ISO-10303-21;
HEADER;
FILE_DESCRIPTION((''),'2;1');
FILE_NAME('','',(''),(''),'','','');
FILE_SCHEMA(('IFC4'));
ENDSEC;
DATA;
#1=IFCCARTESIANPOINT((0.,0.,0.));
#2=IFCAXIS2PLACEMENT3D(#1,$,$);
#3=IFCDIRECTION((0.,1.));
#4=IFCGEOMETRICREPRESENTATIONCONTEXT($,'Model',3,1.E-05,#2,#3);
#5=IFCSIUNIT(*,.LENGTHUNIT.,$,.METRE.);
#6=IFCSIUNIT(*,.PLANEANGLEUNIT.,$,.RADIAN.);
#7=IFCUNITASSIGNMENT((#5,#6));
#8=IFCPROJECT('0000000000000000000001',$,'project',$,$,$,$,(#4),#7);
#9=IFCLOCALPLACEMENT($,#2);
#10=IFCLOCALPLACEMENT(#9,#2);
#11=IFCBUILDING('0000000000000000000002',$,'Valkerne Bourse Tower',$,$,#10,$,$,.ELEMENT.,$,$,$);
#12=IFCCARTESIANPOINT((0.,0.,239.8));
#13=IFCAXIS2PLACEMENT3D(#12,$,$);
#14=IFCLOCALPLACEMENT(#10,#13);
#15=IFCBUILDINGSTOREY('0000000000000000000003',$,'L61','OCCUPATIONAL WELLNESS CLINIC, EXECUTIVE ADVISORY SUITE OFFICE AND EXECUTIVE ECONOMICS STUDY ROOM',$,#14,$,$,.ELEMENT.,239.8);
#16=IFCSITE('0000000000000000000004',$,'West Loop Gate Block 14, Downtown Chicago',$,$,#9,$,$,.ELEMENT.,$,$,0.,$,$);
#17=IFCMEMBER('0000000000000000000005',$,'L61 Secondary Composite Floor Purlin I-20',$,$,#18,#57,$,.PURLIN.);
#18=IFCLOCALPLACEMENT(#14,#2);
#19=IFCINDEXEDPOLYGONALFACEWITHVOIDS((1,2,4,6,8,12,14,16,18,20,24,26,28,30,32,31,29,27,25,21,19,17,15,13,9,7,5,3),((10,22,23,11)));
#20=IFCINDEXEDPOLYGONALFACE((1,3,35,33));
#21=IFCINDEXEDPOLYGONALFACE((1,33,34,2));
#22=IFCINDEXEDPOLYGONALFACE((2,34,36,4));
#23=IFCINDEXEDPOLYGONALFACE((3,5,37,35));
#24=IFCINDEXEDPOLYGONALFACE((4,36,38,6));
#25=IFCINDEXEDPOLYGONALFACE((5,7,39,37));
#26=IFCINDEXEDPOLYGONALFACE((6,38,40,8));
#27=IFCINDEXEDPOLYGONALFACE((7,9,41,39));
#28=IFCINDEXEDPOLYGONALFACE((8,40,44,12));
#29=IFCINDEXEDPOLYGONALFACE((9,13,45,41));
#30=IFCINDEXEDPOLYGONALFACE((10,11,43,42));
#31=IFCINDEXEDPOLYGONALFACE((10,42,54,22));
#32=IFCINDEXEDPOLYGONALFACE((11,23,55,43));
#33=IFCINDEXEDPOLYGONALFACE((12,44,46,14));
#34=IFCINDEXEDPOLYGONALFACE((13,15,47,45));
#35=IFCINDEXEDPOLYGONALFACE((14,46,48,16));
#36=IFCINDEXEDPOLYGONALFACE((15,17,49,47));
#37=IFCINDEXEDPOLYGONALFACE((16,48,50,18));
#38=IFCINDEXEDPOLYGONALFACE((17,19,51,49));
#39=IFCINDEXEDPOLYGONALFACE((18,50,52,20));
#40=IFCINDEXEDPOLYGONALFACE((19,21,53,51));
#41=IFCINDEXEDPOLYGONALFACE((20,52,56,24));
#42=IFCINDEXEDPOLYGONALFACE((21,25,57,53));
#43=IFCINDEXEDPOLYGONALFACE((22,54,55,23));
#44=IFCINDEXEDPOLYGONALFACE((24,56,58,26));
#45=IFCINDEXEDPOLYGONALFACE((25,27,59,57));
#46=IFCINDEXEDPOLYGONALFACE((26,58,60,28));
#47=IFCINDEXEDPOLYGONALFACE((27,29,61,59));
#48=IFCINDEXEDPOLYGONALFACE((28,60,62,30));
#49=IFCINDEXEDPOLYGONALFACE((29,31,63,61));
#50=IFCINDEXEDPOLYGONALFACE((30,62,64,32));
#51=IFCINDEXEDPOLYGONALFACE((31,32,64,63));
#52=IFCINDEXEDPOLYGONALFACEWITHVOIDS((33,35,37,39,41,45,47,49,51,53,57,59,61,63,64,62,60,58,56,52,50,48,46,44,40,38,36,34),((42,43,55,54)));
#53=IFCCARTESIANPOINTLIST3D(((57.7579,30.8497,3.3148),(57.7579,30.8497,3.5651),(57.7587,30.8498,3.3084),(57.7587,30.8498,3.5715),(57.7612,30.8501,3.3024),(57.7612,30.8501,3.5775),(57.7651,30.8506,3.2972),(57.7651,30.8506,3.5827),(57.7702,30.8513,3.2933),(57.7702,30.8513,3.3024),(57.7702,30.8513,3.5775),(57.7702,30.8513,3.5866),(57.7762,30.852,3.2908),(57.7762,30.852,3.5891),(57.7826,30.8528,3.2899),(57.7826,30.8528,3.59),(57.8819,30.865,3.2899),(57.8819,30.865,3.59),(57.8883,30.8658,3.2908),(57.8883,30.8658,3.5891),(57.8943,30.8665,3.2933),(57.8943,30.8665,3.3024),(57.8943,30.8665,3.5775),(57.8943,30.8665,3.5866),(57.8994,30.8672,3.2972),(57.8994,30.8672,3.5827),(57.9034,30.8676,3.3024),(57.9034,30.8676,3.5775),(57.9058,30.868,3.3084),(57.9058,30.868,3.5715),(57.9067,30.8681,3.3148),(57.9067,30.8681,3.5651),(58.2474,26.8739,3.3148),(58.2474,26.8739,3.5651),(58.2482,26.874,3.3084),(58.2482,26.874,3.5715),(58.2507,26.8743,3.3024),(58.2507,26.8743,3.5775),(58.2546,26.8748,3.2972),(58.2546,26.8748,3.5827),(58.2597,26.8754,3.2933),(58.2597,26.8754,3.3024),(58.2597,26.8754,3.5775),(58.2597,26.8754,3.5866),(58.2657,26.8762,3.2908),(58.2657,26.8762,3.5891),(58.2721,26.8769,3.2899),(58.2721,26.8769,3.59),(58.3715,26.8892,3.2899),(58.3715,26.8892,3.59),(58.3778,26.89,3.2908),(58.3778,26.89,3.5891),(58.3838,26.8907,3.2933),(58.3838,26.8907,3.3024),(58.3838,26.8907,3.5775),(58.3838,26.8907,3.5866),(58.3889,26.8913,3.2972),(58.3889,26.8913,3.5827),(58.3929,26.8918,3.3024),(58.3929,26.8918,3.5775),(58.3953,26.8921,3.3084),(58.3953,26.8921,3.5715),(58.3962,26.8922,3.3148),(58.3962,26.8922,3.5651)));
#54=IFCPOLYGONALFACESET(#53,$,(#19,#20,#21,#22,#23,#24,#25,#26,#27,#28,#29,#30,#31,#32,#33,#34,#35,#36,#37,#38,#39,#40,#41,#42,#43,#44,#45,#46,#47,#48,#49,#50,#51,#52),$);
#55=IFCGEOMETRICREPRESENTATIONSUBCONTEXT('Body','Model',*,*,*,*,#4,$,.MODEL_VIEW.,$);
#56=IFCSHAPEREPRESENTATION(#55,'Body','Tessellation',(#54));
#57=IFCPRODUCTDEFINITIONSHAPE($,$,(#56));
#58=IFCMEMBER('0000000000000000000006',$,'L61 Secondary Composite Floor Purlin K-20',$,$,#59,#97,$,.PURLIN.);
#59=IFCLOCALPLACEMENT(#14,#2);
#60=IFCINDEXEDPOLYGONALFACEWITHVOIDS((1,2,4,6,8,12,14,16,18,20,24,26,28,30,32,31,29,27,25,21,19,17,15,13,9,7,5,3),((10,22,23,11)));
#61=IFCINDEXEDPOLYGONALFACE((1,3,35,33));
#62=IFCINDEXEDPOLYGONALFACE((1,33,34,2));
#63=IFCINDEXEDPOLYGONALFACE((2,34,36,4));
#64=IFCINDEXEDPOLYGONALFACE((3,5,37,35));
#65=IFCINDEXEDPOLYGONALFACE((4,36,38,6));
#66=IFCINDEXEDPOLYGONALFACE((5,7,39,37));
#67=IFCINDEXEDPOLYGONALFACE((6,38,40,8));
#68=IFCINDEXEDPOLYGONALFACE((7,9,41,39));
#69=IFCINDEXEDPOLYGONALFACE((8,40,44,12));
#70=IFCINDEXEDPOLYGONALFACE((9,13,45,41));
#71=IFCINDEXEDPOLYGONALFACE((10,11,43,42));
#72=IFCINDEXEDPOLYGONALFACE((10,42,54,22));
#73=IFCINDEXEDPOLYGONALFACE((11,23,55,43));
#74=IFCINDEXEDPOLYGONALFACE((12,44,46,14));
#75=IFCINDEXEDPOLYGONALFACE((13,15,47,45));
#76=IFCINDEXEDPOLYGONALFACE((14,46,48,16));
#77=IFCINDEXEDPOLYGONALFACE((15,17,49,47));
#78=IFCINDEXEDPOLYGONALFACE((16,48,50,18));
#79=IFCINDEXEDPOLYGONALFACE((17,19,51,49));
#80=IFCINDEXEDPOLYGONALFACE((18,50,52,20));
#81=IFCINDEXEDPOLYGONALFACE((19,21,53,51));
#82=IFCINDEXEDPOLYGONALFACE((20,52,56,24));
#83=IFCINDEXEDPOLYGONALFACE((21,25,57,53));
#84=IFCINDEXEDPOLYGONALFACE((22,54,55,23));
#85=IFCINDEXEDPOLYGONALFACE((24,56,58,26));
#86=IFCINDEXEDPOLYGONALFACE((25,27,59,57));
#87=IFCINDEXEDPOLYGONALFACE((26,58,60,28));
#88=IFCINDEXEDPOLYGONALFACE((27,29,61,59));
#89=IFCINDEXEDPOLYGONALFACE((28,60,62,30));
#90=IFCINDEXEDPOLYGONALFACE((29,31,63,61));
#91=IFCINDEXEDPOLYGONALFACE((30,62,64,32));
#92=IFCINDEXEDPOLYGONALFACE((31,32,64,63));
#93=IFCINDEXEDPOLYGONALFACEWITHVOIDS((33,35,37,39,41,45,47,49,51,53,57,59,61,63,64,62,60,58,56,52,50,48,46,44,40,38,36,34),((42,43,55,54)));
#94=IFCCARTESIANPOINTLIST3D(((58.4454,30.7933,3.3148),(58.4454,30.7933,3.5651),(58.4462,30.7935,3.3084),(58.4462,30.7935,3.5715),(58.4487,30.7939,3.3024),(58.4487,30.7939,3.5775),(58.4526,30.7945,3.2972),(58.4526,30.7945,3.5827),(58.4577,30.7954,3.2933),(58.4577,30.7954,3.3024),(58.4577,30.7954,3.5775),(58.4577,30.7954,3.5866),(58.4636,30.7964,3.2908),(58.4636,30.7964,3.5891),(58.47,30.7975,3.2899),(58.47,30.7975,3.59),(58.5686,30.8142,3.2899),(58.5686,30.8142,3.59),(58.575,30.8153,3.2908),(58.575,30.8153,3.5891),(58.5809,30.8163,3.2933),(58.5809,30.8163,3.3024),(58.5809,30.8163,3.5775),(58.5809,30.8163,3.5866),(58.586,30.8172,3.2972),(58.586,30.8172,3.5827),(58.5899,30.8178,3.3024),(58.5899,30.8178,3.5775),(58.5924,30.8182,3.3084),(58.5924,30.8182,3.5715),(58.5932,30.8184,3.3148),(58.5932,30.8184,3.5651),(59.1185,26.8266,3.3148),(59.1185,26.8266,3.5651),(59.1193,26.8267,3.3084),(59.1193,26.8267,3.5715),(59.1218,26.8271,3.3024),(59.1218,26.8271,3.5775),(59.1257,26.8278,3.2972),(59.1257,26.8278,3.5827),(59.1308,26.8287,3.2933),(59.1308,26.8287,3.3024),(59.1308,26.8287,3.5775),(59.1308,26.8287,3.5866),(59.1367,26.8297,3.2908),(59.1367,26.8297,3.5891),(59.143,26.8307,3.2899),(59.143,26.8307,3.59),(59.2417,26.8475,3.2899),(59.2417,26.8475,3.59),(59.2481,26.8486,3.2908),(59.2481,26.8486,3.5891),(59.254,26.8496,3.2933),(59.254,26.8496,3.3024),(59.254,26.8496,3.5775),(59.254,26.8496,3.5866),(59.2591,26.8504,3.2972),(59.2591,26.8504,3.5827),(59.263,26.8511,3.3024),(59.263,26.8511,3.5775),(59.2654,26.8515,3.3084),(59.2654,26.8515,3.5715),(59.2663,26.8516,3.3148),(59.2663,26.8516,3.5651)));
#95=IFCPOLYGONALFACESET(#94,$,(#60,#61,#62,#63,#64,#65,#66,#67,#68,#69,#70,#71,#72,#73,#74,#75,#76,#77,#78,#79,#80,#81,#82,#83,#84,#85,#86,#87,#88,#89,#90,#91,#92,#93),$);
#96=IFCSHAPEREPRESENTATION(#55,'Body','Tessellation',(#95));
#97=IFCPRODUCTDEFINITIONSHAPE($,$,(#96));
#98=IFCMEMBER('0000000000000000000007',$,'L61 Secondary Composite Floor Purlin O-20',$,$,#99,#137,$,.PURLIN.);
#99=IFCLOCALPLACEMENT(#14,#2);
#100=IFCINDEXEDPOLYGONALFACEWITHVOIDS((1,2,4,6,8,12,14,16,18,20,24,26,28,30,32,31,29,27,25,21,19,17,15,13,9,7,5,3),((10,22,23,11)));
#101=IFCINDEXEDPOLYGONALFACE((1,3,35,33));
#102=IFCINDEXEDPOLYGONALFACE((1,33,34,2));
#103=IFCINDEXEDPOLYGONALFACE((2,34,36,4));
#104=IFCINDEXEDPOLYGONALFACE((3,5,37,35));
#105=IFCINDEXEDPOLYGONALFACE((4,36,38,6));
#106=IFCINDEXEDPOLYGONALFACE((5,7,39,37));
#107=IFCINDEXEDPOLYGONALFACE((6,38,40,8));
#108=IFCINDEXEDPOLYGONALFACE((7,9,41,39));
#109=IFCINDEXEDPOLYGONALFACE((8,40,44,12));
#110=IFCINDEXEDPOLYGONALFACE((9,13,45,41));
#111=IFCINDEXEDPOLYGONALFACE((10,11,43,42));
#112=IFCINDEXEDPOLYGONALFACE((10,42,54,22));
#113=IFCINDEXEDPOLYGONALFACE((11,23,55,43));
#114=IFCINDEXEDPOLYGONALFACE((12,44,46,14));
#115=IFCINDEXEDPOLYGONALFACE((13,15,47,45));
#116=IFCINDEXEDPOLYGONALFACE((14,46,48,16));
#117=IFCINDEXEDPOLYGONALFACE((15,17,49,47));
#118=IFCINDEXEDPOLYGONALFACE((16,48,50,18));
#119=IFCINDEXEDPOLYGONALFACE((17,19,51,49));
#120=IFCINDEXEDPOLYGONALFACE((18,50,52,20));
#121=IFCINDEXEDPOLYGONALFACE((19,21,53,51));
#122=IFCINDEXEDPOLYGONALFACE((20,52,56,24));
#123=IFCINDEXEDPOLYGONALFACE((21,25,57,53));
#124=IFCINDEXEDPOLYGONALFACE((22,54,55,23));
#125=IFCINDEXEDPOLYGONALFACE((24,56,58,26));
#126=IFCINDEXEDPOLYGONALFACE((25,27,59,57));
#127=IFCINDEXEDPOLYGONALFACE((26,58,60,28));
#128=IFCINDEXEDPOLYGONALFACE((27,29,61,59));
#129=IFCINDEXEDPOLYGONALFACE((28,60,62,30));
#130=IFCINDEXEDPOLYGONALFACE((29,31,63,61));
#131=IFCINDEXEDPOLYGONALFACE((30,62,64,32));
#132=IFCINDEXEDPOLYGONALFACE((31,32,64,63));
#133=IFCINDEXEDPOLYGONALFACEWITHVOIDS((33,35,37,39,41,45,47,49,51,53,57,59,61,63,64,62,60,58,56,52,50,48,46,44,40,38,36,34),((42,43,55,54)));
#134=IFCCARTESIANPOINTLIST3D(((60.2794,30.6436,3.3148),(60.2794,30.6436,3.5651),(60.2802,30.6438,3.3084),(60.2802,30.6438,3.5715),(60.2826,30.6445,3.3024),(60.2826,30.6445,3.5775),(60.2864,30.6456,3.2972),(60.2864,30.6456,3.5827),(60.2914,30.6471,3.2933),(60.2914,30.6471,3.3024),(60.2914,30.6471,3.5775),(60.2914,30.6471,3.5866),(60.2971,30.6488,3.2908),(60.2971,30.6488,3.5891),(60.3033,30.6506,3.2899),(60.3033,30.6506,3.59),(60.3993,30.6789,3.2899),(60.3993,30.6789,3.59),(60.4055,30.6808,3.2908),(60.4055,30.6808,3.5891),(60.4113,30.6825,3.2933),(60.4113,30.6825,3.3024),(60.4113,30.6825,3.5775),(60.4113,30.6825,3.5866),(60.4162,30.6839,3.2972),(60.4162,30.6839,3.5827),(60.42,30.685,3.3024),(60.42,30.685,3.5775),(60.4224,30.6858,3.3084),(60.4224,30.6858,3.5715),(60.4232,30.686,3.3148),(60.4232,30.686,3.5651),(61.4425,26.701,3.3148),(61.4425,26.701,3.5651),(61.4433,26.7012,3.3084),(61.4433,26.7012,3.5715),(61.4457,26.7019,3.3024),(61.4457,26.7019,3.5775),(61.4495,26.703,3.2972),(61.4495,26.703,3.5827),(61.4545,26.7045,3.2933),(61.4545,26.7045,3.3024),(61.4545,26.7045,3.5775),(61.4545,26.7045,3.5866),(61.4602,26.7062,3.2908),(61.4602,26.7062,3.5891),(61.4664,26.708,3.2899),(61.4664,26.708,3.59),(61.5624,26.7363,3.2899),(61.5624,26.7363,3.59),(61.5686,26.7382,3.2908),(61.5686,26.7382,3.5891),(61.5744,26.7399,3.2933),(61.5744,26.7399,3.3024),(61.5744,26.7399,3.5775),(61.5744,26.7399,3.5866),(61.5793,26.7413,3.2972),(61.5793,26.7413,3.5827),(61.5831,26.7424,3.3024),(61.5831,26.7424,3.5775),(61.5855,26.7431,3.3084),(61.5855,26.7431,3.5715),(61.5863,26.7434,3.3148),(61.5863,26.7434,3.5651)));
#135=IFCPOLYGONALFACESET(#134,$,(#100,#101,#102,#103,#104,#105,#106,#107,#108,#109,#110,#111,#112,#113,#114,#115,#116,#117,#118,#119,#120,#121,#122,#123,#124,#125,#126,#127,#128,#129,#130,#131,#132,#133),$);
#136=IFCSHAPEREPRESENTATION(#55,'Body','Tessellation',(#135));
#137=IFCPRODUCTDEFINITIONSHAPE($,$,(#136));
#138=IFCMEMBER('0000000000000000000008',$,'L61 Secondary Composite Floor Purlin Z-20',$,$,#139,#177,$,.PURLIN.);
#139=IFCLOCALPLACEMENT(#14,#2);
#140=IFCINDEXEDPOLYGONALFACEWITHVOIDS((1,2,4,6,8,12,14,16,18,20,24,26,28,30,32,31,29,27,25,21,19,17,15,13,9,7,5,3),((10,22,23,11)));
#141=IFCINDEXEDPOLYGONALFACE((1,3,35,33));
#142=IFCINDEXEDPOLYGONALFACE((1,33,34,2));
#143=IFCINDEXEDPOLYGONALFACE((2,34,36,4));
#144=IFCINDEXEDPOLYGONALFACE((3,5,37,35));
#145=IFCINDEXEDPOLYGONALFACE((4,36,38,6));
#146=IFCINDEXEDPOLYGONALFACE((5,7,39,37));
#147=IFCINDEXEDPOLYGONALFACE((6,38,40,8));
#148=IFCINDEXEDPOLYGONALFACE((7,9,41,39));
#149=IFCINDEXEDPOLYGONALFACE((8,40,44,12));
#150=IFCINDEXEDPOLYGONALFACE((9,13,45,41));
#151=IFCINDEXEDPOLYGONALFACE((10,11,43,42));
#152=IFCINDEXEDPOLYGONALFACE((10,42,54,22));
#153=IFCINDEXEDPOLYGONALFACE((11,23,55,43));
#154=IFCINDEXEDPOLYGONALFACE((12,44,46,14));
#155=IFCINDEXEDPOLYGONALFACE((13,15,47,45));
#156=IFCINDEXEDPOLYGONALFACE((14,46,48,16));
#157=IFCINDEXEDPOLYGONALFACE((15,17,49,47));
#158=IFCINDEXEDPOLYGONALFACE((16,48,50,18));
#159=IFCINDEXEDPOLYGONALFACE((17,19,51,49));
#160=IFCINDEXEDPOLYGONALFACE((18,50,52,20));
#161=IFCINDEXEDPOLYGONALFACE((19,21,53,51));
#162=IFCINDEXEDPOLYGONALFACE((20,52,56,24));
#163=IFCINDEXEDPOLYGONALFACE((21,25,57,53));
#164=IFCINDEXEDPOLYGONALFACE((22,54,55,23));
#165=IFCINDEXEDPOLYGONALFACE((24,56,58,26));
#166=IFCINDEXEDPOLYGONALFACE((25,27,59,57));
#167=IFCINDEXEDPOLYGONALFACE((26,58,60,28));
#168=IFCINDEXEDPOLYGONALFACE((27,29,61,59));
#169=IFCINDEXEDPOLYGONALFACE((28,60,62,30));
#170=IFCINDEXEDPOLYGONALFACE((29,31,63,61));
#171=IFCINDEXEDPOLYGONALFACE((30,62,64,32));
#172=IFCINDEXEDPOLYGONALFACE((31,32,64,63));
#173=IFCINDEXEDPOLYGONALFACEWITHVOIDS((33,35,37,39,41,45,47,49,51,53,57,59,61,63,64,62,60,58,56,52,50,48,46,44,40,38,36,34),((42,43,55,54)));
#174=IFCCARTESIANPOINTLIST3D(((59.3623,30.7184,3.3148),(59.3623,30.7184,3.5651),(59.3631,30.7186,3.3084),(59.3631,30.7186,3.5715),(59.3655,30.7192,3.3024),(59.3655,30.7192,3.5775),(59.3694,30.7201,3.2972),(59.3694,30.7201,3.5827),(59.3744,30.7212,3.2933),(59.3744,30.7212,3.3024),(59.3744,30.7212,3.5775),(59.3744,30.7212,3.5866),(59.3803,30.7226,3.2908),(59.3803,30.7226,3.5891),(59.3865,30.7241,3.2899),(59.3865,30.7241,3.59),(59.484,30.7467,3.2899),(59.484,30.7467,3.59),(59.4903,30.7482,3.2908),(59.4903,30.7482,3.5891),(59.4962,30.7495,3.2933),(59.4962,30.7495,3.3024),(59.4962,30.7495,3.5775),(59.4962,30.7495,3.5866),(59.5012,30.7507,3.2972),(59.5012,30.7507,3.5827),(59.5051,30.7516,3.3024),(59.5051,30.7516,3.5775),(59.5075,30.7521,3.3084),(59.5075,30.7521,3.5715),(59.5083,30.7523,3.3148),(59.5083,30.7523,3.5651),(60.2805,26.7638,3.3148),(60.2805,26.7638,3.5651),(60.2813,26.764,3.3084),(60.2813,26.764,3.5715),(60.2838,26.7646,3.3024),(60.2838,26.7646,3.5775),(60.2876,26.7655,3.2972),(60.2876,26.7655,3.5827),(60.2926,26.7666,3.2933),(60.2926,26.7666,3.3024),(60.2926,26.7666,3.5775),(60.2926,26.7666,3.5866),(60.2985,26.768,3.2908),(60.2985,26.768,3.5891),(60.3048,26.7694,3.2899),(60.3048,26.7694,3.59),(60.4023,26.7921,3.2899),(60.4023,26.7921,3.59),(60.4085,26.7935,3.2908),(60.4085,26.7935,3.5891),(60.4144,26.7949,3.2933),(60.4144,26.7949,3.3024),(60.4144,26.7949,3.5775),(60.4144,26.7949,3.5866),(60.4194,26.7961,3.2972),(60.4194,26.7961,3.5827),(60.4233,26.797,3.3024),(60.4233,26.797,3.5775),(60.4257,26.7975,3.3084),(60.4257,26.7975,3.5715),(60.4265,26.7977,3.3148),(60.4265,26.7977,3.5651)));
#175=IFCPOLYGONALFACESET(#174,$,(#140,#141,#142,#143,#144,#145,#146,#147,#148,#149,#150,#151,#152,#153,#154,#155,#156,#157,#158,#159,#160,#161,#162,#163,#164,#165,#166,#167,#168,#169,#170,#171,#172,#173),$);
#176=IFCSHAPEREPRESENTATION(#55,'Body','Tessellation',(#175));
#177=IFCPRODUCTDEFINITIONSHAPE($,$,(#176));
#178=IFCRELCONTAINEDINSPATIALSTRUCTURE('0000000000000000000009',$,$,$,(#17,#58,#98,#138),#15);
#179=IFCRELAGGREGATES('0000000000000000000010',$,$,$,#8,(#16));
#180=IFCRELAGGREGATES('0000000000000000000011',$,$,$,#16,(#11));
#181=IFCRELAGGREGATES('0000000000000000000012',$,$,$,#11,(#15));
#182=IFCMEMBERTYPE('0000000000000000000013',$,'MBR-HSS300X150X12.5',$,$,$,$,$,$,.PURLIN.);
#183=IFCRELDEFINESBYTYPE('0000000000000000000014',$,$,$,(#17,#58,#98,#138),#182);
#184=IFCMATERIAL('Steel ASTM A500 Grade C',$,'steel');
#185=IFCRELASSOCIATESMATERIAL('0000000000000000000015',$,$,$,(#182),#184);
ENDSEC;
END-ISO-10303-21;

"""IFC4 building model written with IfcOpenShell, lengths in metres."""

from ifc_helpers import new_model, si_unit, direction, frame, origin, origin_2d, place, context, subcontext, project, spatial, hollow_rectangle, extrude, material, material_profile, profile_set, type_object, element, save


model = new_model("IFC4")

# Units and contexts
model_context = context("Model", 3, precision=1e-05, world=origin(), true_north=direction((0.0, 1.0)))
body_context = subcontext(model_context, "Body", "Model", "MODEL_VIEW")
ifc_project = project(units=[si_unit("LENGTHUNIT", "METRE"), si_unit("PLANEANGLEUNIT", "RADIAN")], contexts=[model_context])

# Site, building, storey
site_placement = place(None, origin())
site = spatial("IfcSite", under=ifc_project, at=site_placement, Name="West Loop Gate Block 14, Downtown Chicago", CompositionType="ELEMENT", RefElevation=0.0)
building_placement = place(site_placement, origin())
building = spatial("IfcBuilding", under=site, at=building_placement, Name="Valkerne Bourse Tower", CompositionType="ELEMENT")
storey_placement = place(building_placement, frame((0.0, 0.0, 239.8)))
storey = spatial("IfcBuildingStorey", under=building, at=storey_placement, Name="L61", Description="OCCUPATIONAL WELLNESS CLINIC, EXECUTIVE ADVISORY SUITE OFFICE AND EXECUTIVE ECONOMICS STUDY ROOM", CompositionType="ELEMENT", Elevation=239.8)

# Members
ifc_material_1 = material(Name="Steel ASTM A500 Grade C", Category="steel")
ifc_material_profile_1 = material_profile(ifc_material_1, hollow_rectangle(XDim=0.1499, YDim=0.3, WallThickness=0.0125, OuterFilletRadius=0.0249, at=origin_2d()), Name="HSS300X150X12.5")
ifc_profile_set_1 = profile_set([ifc_material_profile_1], Name="Steel ASTM A500 Grade C")
member_type_1 = type_object("IfcMemberType", Name="MBR-HSS300X150X12.5", PredefinedType="PURLIN", material=ifc_profile_set_1)
member_1_placement = place(storey_placement, frame((58.3218, 26.8831, 3.4399), z_axis=(-0.122197, 0.992506, 0.0), x_axis=(-0.992506, -0.122197, 0.0)))
element("IfcMember", 1, at=member_1_placement, inside=storey, type_object=member_type_1, Name="L61 Secondary Composite Floor Purlin I-20", PredefinedType="PURLIN", context=body_context, shape_type="SweptSolid", body=[
    extrude(hollow_rectangle(XDim=0.1499, YDim=0.3, WallThickness=0.0125, OuterFilletRadius=0.0249, at=origin_2d()), origin(), (0.0, 0.0, 1.0), 4.0059),
])
member_2_placement = place(storey_placement, frame((59.1924, 26.8391, 3.4399), z_axis=(-0.167291, 0.985908, 0.0), x_axis=(-0.985908, -0.167291, 0.0)))
element("IfcMember", 2, at=member_2_placement, inside=storey, type_object=member_type_1, Name="L61 Secondary Composite Floor Purlin K-20", PredefinedType="PURLIN", context=body_context, shape_type="SweptSolid", body=[
    extrude(hollow_rectangle(XDim=0.1499, YDim=0.3, WallThickness=0.0125, OuterFilletRadius=0.0249, at=origin_2d()), origin(), (0.0, 0.0, 1.0), 4.0234),
])
member_3_placement = place(storey_placement, frame((61.5144, 26.7222, 3.4399), z_axis=(-0.282948, 0.959135, 0.0), x_axis=(-0.959135, -0.282948, 0.0)))
element("IfcMember", 3, at=member_3_placement, inside=storey, type_object=member_type_1, Name="L61 Secondary Composite Floor Purlin O-20", PredefinedType="PURLIN", context=body_context, shape_type="SweptSolid", body=[
    extrude(hollow_rectangle(XDim=0.1499, YDim=0.3, WallThickness=0.0125, OuterFilletRadius=0.0249, at=origin_2d()), origin(), (0.0, 0.0, 1.0), 4.1106),
])
member_4_placement = place(storey_placement, frame((60.3535, 26.7808, 3.4399), z_axis=(-0.226173, 0.974087, 0.0), x_axis=(-0.974087, -0.226173, 0.0)))
element("IfcMember", 4, at=member_4_placement, inside=storey, type_object=member_type_1, Name="L61 Secondary Composite Floor Purlin Z-20", PredefinedType="PURLIN", context=body_context, shape_type="SweptSolid", body=[
    extrude(hollow_rectangle(XDim=0.1499, YDim=0.3, WallThickness=0.0125, OuterFilletRadius=0.0249, at=origin_2d()), origin(), (0.0, 0.0, 1.0), 4.0598),
])

save(model, "model.ifc")
